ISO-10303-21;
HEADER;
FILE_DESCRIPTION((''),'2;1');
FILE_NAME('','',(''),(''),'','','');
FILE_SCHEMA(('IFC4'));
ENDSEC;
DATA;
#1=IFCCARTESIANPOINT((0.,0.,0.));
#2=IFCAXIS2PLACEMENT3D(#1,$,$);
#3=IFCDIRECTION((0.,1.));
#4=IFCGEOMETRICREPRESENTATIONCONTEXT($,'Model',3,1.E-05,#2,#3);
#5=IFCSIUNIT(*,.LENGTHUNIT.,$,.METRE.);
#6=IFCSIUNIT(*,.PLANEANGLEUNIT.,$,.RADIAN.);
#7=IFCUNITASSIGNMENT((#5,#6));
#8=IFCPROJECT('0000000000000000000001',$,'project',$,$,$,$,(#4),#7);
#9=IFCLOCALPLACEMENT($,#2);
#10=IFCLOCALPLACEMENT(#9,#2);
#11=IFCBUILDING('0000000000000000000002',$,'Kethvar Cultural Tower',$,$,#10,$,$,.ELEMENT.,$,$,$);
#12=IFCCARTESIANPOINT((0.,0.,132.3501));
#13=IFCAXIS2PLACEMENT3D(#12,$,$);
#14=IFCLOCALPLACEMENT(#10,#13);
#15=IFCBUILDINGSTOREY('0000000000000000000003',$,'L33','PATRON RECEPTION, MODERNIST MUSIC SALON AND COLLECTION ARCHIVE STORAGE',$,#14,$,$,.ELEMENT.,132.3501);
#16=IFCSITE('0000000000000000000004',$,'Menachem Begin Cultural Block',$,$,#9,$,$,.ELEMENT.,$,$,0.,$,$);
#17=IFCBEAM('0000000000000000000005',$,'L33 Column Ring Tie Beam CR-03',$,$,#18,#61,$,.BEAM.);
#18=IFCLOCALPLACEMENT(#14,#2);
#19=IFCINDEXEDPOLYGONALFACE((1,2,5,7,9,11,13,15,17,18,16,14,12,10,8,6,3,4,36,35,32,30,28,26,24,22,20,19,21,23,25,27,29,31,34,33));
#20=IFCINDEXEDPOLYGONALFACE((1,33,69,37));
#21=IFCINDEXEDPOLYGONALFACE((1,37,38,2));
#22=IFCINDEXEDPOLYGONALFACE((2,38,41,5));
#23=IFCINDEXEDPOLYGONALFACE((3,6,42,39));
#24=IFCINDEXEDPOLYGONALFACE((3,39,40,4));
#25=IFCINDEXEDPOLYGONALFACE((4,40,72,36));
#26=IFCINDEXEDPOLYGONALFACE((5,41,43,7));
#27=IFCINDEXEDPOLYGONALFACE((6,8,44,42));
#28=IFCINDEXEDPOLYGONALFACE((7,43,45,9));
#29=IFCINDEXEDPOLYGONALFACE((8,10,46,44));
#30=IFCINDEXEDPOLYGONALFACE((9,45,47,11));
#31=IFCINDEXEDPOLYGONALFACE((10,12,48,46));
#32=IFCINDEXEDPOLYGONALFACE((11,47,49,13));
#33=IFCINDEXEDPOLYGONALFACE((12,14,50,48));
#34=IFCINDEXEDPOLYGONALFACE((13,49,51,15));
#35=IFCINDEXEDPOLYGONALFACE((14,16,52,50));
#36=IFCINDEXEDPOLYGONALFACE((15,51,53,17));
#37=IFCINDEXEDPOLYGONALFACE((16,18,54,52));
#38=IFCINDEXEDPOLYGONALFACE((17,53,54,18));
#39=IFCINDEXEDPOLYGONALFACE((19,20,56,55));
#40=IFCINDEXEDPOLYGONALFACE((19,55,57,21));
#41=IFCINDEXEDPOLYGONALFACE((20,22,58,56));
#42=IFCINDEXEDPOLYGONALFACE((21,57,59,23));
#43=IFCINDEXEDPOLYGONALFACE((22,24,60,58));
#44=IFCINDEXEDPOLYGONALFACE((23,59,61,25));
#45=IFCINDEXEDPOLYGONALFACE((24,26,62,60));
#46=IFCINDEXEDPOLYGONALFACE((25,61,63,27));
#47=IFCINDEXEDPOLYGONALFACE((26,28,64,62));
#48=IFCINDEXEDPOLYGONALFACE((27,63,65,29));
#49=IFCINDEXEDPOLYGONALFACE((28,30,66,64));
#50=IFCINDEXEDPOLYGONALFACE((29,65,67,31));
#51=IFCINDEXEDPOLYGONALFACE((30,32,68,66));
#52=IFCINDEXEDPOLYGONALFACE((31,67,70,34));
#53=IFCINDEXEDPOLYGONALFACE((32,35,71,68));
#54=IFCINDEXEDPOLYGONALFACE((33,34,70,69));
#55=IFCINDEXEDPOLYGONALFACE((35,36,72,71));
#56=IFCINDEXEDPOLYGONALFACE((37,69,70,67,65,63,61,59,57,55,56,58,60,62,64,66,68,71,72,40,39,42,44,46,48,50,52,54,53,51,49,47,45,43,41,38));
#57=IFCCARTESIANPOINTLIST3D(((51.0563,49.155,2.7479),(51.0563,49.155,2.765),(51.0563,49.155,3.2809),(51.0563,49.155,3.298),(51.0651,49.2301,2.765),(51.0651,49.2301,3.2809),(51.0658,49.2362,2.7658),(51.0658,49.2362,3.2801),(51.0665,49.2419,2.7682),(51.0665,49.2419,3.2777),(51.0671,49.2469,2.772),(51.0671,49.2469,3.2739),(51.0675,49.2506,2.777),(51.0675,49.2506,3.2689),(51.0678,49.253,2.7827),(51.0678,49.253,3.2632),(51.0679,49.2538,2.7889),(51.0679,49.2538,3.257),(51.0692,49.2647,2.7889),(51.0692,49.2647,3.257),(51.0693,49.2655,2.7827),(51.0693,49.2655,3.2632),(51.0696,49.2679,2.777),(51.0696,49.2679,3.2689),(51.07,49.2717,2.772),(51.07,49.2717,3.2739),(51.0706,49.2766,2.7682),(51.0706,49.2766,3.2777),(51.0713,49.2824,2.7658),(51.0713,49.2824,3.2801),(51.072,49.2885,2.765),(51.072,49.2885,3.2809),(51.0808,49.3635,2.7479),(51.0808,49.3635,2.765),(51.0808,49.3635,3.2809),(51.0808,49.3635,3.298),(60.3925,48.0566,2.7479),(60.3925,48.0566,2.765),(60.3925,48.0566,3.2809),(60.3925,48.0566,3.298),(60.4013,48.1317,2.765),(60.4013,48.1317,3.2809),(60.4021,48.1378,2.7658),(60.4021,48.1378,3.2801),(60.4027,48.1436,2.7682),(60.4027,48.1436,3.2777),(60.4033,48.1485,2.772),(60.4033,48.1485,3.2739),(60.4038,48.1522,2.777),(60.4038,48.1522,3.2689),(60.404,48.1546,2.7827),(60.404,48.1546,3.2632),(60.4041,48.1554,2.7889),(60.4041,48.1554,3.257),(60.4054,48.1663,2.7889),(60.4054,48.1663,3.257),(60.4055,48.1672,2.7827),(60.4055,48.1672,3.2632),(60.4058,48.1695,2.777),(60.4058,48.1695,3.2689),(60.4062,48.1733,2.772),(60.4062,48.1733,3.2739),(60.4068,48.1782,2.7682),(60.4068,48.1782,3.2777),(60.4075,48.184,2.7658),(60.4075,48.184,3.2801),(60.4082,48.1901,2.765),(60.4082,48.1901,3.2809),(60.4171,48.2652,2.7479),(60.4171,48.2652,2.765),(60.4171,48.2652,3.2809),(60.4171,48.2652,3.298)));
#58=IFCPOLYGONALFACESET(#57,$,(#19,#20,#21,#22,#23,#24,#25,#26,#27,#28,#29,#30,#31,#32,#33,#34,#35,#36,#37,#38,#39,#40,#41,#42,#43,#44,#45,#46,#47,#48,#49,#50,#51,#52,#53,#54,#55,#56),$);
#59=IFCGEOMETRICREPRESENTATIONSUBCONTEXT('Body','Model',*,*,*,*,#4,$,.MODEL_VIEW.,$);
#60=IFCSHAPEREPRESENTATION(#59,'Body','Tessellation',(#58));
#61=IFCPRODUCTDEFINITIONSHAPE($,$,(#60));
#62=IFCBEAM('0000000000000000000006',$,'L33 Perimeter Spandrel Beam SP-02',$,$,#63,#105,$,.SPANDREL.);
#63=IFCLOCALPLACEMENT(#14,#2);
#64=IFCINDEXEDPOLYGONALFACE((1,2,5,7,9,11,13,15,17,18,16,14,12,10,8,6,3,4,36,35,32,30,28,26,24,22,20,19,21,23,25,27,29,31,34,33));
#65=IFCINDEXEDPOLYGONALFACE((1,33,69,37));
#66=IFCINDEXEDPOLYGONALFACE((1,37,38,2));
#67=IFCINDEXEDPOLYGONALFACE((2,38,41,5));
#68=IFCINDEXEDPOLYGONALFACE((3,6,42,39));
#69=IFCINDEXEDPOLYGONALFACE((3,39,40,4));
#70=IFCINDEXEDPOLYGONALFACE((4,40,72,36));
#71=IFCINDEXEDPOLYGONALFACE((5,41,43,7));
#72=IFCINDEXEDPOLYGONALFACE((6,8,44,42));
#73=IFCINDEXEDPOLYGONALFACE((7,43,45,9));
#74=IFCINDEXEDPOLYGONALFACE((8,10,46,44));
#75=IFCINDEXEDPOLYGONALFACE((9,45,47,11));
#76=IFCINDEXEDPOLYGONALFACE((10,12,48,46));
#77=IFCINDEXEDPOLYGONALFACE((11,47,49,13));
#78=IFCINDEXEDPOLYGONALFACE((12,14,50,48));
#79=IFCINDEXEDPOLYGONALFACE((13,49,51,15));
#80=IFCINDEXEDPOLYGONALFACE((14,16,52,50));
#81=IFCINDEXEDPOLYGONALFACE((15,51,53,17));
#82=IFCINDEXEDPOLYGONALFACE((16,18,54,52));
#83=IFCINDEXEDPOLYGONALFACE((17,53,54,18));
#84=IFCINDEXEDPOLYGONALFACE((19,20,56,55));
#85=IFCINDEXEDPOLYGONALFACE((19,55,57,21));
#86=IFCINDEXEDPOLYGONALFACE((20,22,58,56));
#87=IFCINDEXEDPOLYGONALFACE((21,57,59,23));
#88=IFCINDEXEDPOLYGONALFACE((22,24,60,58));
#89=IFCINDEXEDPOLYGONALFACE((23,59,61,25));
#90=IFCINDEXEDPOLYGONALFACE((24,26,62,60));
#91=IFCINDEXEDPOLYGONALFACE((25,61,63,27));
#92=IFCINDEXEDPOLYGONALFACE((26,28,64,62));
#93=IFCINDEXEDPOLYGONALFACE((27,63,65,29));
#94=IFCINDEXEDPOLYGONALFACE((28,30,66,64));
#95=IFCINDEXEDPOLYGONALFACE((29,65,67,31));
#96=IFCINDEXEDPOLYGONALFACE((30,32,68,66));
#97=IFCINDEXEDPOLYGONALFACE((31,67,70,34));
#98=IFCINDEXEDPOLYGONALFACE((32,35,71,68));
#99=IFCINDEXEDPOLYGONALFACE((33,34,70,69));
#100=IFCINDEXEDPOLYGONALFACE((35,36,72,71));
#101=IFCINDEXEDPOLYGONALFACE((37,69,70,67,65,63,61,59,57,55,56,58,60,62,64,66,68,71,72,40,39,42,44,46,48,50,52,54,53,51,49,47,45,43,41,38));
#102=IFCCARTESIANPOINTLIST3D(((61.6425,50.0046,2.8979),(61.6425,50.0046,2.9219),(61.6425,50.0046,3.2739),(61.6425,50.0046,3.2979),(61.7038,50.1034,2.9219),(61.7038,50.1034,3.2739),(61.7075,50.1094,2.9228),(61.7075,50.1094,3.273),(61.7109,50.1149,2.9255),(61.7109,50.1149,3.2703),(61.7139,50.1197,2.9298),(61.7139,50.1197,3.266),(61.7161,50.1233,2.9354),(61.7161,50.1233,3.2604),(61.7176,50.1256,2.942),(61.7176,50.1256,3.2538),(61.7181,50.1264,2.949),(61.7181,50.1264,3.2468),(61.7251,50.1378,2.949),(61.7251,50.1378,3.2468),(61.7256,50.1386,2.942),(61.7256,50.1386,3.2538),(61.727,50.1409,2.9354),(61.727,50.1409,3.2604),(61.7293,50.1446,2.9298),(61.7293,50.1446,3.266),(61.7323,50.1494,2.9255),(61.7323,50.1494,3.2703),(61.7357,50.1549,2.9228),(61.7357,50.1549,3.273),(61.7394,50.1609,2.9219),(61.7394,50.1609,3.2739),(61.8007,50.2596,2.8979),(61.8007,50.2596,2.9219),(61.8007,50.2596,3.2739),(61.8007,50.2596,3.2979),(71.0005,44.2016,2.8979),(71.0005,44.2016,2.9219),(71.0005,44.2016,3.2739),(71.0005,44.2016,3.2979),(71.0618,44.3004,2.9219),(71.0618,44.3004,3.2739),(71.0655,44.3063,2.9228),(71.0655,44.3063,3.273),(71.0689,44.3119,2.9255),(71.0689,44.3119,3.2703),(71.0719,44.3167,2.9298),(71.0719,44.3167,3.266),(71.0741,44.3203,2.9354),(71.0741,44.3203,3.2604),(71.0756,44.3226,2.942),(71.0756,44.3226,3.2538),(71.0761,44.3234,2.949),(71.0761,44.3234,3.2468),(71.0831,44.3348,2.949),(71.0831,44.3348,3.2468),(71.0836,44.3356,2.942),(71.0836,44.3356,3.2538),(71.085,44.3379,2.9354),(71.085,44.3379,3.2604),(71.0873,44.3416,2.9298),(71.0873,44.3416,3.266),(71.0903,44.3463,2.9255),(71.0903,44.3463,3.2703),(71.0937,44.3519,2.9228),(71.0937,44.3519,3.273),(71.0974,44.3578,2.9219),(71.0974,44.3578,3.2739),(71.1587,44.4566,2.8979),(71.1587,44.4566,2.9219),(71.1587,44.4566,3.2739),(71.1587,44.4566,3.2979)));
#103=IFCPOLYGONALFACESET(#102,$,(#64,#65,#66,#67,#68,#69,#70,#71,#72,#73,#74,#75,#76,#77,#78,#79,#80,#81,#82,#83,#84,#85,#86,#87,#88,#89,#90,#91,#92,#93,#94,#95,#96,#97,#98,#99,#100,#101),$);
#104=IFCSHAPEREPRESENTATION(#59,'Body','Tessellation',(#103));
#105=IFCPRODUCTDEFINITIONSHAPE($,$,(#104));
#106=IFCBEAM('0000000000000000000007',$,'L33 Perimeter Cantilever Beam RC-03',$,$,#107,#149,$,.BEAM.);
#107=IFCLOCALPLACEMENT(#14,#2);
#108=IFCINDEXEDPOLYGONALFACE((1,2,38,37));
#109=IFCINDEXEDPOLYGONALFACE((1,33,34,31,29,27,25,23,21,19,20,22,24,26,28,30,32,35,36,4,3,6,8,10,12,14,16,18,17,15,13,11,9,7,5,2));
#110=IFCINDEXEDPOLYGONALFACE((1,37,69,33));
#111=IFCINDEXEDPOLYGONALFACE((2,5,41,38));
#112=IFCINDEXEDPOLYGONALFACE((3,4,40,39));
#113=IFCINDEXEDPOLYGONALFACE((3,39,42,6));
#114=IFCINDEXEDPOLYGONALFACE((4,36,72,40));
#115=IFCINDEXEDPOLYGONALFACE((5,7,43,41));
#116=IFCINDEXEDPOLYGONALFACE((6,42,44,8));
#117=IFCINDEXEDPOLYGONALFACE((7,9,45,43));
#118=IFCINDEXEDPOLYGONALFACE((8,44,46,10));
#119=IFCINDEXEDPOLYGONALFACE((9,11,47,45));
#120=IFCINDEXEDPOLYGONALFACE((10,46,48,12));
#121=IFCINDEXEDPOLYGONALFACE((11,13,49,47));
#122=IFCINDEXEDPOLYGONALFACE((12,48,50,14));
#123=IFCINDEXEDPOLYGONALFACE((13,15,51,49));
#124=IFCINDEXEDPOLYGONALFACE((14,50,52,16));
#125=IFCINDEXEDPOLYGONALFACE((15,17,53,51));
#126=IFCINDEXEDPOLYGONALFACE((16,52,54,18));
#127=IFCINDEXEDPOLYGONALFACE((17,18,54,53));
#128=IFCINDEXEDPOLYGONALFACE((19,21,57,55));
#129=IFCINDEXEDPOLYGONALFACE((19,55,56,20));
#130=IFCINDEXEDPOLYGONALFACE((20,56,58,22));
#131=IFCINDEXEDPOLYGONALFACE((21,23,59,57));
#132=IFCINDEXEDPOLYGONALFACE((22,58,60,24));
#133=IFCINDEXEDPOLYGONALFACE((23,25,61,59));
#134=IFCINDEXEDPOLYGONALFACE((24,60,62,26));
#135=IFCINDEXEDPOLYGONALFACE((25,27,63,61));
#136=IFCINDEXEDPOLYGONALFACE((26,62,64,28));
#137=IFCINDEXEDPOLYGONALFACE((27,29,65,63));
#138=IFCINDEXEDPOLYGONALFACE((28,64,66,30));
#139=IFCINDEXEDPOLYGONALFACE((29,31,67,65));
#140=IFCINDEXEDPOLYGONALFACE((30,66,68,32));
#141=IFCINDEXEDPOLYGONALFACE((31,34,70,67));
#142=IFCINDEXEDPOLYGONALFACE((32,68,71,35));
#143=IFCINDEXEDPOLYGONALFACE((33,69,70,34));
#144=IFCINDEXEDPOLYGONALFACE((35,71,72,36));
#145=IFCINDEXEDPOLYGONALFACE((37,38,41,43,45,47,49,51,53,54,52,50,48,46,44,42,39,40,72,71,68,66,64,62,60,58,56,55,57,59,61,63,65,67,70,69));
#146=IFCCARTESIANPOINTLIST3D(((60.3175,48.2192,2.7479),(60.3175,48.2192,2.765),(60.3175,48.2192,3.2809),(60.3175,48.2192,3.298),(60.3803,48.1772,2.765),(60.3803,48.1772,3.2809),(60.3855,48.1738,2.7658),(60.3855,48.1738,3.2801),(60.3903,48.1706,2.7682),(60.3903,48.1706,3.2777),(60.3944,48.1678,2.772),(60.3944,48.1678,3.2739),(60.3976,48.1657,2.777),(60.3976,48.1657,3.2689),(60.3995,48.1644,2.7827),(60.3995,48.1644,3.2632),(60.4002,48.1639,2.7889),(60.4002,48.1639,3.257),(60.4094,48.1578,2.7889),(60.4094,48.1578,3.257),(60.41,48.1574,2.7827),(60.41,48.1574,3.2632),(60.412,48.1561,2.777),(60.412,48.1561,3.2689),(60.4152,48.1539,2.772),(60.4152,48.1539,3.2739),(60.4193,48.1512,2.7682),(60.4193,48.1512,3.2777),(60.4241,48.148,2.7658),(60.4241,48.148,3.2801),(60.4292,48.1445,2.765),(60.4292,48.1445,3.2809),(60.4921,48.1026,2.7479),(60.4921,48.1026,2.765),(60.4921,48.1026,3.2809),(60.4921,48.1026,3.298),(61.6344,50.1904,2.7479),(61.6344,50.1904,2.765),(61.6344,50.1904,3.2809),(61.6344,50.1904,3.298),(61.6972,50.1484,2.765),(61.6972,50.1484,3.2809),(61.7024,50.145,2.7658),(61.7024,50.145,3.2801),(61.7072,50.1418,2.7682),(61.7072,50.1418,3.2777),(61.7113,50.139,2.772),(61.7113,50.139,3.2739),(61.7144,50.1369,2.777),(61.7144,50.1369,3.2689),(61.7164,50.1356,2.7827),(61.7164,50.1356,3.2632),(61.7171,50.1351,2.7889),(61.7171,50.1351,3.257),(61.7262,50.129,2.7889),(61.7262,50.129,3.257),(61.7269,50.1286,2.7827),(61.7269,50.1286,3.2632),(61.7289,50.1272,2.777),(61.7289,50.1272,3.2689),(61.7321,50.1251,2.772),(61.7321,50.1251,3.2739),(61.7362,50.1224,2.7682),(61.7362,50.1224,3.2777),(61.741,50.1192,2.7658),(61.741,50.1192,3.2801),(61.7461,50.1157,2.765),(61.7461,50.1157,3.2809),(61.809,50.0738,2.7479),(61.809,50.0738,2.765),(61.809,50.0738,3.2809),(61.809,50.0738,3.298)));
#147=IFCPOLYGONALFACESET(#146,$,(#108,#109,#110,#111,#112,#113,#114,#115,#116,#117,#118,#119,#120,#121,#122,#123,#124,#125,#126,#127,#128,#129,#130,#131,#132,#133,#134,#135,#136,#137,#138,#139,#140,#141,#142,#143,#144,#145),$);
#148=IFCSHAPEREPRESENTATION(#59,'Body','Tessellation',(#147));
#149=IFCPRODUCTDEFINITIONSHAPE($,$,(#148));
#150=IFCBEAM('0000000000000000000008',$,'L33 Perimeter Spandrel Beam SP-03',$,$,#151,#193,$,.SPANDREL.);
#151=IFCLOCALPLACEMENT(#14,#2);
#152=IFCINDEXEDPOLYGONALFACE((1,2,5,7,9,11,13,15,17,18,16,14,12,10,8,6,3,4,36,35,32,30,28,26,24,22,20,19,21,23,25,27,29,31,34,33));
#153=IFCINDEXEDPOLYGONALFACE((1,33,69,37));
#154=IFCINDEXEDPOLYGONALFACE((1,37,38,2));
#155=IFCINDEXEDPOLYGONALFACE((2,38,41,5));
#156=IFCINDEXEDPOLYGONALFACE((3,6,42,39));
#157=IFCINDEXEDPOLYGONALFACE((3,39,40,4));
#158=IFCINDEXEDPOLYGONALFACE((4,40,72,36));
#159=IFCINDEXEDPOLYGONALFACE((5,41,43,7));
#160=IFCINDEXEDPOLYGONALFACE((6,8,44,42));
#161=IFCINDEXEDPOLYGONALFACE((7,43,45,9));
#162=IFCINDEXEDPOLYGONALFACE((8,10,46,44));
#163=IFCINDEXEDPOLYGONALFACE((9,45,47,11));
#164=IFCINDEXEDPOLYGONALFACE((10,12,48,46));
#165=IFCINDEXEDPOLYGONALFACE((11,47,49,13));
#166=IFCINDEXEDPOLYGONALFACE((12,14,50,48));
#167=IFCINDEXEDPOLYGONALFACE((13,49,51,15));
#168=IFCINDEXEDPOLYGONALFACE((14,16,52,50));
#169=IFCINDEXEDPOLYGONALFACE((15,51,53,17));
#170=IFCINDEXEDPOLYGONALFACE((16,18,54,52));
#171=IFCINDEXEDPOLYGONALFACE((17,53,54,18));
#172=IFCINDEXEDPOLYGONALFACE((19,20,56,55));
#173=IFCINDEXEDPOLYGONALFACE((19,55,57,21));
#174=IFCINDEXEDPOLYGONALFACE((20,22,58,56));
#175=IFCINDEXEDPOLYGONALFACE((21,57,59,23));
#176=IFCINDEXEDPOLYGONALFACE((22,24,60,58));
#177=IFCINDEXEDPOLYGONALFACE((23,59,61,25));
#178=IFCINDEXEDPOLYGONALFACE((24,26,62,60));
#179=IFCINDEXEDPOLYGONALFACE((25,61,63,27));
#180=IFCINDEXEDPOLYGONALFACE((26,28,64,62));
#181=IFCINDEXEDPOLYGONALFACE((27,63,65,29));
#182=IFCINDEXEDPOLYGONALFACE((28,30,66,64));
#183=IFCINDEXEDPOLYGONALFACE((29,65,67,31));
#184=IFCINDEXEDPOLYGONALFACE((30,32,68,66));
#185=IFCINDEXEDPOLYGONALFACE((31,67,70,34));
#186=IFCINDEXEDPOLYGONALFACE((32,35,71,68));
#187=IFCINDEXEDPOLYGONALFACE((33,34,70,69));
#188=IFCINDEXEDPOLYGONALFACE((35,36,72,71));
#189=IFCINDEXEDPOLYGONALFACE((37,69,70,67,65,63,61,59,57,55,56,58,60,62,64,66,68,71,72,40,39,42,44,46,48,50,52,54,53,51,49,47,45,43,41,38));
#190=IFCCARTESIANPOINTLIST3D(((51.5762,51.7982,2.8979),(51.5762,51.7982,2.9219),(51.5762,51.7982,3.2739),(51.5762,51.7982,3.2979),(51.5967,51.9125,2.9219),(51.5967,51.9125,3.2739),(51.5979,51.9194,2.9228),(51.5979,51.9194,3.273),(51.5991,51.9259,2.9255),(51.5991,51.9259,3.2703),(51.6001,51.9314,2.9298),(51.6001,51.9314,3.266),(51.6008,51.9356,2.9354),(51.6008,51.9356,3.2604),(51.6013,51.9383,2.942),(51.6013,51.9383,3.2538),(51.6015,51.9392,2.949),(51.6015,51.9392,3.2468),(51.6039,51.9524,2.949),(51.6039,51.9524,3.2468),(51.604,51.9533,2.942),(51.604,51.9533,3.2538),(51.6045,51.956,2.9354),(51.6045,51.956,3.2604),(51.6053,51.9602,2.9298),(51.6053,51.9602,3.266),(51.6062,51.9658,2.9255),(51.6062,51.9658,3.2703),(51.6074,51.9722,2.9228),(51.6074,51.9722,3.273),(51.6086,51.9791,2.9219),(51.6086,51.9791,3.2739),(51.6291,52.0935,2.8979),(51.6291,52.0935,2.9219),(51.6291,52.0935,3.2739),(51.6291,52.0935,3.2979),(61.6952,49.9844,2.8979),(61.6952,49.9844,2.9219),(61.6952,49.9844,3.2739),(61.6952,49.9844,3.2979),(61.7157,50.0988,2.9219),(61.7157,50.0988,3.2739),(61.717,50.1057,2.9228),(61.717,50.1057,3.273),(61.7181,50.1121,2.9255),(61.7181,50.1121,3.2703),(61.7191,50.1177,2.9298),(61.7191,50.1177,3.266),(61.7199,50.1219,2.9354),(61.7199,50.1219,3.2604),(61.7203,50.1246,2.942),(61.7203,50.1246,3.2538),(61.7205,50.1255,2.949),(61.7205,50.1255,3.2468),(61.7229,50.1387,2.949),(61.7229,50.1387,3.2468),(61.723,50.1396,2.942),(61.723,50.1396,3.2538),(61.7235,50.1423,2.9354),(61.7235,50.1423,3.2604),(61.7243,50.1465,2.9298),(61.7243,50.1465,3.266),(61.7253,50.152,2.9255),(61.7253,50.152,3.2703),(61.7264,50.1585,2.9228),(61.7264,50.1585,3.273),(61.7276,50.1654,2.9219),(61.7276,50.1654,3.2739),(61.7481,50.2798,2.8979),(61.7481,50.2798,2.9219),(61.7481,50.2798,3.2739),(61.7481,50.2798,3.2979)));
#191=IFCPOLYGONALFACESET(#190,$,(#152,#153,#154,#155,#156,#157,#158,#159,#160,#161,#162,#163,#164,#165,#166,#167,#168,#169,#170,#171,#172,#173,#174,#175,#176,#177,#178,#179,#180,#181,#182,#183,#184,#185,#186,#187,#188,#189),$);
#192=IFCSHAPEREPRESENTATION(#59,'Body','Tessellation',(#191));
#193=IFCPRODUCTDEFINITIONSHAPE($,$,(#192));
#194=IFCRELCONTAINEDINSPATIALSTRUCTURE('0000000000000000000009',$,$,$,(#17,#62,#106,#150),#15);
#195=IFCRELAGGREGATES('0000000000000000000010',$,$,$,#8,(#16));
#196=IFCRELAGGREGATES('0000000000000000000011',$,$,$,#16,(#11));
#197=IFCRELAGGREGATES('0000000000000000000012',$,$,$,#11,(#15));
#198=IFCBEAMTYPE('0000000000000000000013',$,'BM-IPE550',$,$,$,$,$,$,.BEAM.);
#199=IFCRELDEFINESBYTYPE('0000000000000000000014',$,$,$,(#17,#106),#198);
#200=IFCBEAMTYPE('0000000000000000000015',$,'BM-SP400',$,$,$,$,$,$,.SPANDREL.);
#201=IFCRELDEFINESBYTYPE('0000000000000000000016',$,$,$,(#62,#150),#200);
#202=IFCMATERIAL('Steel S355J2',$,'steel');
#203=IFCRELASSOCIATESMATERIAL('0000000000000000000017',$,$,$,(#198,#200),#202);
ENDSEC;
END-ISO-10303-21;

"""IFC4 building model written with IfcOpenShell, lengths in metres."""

from ifc_helpers import new_model, si_unit, direction, frame, origin, origin_2d, place, context, subcontext, project, spatial, i_section, extrude, source, transform, mapped, material, material_profile, profile_set, type_object, element, save


model = new_model("IFC4")

# Units and contexts
model_context = context("Model", 3, precision=1e-05, world=origin(), true_north=direction((0.0, 1.0)))
body_context = subcontext(model_context, "Body", "Model", "MODEL_VIEW")
ifc_project = project(units=[si_unit("LENGTHUNIT", "METRE"), si_unit("PLANEANGLEUNIT", "RADIAN")], contexts=[model_context])

# Site, building, storey
site_placement = place(None, origin())
site = spatial("IfcSite", under=ifc_project, at=site_placement, Name="Menachem Begin Cultural Block", CompositionType="ELEMENT", RefElevation=0.0)
building_placement = place(site_placement, origin())
building = spatial("IfcBuilding", under=site, at=building_placement, Name="Kethvar Cultural Tower", CompositionType="ELEMENT")
storey_placement = place(building_placement, frame((0.0, 0.0, 132.3501)))
storey = spatial("IfcBuildingStorey", under=building, at=storey_placement, Name="L33", Description="PATRON RECEPTION, MODERNIST MUSIC SALON AND COLLECTION ARCHIVE STORAGE", CompositionType="ELEMENT", Elevation=132.3501)

# Beams
ifc_material_1 = material(Name="Steel S355J2", Category="steel")
ifc_material_profile_1 = material_profile(ifc_material_1, i_section(OverallWidth=0.21, OverallDepth=0.55, WebThickness=0.011, FlangeThickness=0.0171, FilletRadius=0.0239, at=origin_2d()), Name="Steel S355J2 — IPE550")
ifc_profile_set_1 = profile_set([ifc_material_profile_1], Name="Steel S355J2 — IPE550")
beam_type_1 = type_object("IfcBeamType", Name="BM-IPE550", PredefinedType="BEAM", material=ifc_profile_set_1)
shared_shape_1 = source(origin(), body_context, "Body", "SweptSolid", [
    extrude(i_section(OverallWidth=0.21, OverallDepth=0.55, WebThickness=0.011, FlangeThickness=0.0171, FilletRadius=0.0239, at=origin_2d()), origin(), (0.0, 0.0, 1.0), 9.4006),
])
beam_1_placement = place(storey_placement, frame((60.4048, 48.1609, 3.0229), z_axis=(-0.99315, 0.116843, 0.0), x_axis=(-0.116843, -0.99315, 0.0)))
element("IfcBeam", 1, at=beam_1_placement, inside=storey, type_object=beam_type_1, Name="L33 Column Ring Tie Beam CR-03", PredefinedType="BEAM", context=body_context, shape_type="MappedRepresentation", body=[
    mapped(shared_shape_1, transform((0.0, 0.0, 0.0), scale=1.0)),
])
ifc_material_profile_2 = material_profile(ifc_material_1, i_section(OverallWidth=0.3, OverallDepth=0.3999, WebThickness=0.0134, FlangeThickness=0.0239, FilletRadius=0.0271, at=origin_2d()), Name="Steel S355J2 — HEB400")
ifc_profile_set_2 = profile_set([ifc_material_profile_2], Name="Steel S355J2 — HEB400")
beam_type_2 = type_object("IfcBeamType", Name="BM-SP400", PredefinedType="SPANDREL", material=ifc_profile_set_2)
shared_shape_2 = source(origin(), body_context, "Body", "SweptSolid", [
    extrude(i_section(OverallWidth=0.3, OverallDepth=0.3999, WebThickness=0.0134, FlangeThickness=0.0239, FilletRadius=0.0271, at=origin_2d()), origin(), (0.0, 0.0, 1.0), 11.0112),
])
beam_2_placement = place(storey_placement, frame((71.0796, 44.3291, 3.0979), z_axis=(-0.849859, 0.52701, 0.0), x_axis=(-0.52701, -0.849859, 0.0)))
element("IfcBeam", 2, at=beam_2_placement, inside=storey, type_object=beam_type_2, Name="L33 Perimeter Spandrel Beam SP-02", PredefinedType="SPANDREL", context=body_context, shape_type="MappedRepresentation", body=[
    mapped(shared_shape_2, transform((0.0, 0.0, 0.0), scale=1.0)),
])
shared_shape_3 = source(origin(), body_context, "Body", "SweptSolid", [
    extrude(i_section(OverallWidth=0.21, OverallDepth=0.55, WebThickness=0.011, FlangeThickness=0.0171, FilletRadius=0.0239, at=origin_2d()), origin(), (0.0, 0.0, 1.0), 2.3706),
])
beam_3_placement = place(storey_placement, frame((60.4048, 48.1609, 3.0229), z_axis=(0.555508, 0.831511, 0.0), x_axis=(-0.831511, 0.555508, 0.0)))
element("IfcBeam", 3, at=beam_3_placement, inside=storey, type_object=beam_type_1, Name="L33 Perimeter Cantilever Beam RC-03", PredefinedType="BEAM", context=body_context, shape_type="MappedRepresentation", body=[
    mapped(shared_shape_3, transform((0.0, 0.0, 0.0), scale=1.0)),
])
shared_shape_4 = source(origin(), body_context, "Body", "SweptSolid", [
    extrude(i_section(OverallWidth=0.3, OverallDepth=0.3999, WebThickness=0.0134, FlangeThickness=0.0239, FilletRadius=0.0271, at=origin_2d()), origin(), (0.0, 0.0, 1.0), 10.2803),
])
beam_4_placement = place(storey_placement, frame((61.7217, 50.1321, 3.0979), z_axis=(-0.984313, 0.176429, 0.0), x_axis=(-0.176429, -0.984313, 0.0)))
element("IfcBeam", 4, at=beam_4_placement, inside=storey, type_object=beam_type_2, Name="L33 Perimeter Spandrel Beam SP-03", PredefinedType="SPANDREL", context=body_context, shape_type="MappedRepresentation", body=[
    mapped(shared_shape_4, transform((0.0, 0.0, 0.0), scale=1.0)),
])

save(model, "model.ifc")
